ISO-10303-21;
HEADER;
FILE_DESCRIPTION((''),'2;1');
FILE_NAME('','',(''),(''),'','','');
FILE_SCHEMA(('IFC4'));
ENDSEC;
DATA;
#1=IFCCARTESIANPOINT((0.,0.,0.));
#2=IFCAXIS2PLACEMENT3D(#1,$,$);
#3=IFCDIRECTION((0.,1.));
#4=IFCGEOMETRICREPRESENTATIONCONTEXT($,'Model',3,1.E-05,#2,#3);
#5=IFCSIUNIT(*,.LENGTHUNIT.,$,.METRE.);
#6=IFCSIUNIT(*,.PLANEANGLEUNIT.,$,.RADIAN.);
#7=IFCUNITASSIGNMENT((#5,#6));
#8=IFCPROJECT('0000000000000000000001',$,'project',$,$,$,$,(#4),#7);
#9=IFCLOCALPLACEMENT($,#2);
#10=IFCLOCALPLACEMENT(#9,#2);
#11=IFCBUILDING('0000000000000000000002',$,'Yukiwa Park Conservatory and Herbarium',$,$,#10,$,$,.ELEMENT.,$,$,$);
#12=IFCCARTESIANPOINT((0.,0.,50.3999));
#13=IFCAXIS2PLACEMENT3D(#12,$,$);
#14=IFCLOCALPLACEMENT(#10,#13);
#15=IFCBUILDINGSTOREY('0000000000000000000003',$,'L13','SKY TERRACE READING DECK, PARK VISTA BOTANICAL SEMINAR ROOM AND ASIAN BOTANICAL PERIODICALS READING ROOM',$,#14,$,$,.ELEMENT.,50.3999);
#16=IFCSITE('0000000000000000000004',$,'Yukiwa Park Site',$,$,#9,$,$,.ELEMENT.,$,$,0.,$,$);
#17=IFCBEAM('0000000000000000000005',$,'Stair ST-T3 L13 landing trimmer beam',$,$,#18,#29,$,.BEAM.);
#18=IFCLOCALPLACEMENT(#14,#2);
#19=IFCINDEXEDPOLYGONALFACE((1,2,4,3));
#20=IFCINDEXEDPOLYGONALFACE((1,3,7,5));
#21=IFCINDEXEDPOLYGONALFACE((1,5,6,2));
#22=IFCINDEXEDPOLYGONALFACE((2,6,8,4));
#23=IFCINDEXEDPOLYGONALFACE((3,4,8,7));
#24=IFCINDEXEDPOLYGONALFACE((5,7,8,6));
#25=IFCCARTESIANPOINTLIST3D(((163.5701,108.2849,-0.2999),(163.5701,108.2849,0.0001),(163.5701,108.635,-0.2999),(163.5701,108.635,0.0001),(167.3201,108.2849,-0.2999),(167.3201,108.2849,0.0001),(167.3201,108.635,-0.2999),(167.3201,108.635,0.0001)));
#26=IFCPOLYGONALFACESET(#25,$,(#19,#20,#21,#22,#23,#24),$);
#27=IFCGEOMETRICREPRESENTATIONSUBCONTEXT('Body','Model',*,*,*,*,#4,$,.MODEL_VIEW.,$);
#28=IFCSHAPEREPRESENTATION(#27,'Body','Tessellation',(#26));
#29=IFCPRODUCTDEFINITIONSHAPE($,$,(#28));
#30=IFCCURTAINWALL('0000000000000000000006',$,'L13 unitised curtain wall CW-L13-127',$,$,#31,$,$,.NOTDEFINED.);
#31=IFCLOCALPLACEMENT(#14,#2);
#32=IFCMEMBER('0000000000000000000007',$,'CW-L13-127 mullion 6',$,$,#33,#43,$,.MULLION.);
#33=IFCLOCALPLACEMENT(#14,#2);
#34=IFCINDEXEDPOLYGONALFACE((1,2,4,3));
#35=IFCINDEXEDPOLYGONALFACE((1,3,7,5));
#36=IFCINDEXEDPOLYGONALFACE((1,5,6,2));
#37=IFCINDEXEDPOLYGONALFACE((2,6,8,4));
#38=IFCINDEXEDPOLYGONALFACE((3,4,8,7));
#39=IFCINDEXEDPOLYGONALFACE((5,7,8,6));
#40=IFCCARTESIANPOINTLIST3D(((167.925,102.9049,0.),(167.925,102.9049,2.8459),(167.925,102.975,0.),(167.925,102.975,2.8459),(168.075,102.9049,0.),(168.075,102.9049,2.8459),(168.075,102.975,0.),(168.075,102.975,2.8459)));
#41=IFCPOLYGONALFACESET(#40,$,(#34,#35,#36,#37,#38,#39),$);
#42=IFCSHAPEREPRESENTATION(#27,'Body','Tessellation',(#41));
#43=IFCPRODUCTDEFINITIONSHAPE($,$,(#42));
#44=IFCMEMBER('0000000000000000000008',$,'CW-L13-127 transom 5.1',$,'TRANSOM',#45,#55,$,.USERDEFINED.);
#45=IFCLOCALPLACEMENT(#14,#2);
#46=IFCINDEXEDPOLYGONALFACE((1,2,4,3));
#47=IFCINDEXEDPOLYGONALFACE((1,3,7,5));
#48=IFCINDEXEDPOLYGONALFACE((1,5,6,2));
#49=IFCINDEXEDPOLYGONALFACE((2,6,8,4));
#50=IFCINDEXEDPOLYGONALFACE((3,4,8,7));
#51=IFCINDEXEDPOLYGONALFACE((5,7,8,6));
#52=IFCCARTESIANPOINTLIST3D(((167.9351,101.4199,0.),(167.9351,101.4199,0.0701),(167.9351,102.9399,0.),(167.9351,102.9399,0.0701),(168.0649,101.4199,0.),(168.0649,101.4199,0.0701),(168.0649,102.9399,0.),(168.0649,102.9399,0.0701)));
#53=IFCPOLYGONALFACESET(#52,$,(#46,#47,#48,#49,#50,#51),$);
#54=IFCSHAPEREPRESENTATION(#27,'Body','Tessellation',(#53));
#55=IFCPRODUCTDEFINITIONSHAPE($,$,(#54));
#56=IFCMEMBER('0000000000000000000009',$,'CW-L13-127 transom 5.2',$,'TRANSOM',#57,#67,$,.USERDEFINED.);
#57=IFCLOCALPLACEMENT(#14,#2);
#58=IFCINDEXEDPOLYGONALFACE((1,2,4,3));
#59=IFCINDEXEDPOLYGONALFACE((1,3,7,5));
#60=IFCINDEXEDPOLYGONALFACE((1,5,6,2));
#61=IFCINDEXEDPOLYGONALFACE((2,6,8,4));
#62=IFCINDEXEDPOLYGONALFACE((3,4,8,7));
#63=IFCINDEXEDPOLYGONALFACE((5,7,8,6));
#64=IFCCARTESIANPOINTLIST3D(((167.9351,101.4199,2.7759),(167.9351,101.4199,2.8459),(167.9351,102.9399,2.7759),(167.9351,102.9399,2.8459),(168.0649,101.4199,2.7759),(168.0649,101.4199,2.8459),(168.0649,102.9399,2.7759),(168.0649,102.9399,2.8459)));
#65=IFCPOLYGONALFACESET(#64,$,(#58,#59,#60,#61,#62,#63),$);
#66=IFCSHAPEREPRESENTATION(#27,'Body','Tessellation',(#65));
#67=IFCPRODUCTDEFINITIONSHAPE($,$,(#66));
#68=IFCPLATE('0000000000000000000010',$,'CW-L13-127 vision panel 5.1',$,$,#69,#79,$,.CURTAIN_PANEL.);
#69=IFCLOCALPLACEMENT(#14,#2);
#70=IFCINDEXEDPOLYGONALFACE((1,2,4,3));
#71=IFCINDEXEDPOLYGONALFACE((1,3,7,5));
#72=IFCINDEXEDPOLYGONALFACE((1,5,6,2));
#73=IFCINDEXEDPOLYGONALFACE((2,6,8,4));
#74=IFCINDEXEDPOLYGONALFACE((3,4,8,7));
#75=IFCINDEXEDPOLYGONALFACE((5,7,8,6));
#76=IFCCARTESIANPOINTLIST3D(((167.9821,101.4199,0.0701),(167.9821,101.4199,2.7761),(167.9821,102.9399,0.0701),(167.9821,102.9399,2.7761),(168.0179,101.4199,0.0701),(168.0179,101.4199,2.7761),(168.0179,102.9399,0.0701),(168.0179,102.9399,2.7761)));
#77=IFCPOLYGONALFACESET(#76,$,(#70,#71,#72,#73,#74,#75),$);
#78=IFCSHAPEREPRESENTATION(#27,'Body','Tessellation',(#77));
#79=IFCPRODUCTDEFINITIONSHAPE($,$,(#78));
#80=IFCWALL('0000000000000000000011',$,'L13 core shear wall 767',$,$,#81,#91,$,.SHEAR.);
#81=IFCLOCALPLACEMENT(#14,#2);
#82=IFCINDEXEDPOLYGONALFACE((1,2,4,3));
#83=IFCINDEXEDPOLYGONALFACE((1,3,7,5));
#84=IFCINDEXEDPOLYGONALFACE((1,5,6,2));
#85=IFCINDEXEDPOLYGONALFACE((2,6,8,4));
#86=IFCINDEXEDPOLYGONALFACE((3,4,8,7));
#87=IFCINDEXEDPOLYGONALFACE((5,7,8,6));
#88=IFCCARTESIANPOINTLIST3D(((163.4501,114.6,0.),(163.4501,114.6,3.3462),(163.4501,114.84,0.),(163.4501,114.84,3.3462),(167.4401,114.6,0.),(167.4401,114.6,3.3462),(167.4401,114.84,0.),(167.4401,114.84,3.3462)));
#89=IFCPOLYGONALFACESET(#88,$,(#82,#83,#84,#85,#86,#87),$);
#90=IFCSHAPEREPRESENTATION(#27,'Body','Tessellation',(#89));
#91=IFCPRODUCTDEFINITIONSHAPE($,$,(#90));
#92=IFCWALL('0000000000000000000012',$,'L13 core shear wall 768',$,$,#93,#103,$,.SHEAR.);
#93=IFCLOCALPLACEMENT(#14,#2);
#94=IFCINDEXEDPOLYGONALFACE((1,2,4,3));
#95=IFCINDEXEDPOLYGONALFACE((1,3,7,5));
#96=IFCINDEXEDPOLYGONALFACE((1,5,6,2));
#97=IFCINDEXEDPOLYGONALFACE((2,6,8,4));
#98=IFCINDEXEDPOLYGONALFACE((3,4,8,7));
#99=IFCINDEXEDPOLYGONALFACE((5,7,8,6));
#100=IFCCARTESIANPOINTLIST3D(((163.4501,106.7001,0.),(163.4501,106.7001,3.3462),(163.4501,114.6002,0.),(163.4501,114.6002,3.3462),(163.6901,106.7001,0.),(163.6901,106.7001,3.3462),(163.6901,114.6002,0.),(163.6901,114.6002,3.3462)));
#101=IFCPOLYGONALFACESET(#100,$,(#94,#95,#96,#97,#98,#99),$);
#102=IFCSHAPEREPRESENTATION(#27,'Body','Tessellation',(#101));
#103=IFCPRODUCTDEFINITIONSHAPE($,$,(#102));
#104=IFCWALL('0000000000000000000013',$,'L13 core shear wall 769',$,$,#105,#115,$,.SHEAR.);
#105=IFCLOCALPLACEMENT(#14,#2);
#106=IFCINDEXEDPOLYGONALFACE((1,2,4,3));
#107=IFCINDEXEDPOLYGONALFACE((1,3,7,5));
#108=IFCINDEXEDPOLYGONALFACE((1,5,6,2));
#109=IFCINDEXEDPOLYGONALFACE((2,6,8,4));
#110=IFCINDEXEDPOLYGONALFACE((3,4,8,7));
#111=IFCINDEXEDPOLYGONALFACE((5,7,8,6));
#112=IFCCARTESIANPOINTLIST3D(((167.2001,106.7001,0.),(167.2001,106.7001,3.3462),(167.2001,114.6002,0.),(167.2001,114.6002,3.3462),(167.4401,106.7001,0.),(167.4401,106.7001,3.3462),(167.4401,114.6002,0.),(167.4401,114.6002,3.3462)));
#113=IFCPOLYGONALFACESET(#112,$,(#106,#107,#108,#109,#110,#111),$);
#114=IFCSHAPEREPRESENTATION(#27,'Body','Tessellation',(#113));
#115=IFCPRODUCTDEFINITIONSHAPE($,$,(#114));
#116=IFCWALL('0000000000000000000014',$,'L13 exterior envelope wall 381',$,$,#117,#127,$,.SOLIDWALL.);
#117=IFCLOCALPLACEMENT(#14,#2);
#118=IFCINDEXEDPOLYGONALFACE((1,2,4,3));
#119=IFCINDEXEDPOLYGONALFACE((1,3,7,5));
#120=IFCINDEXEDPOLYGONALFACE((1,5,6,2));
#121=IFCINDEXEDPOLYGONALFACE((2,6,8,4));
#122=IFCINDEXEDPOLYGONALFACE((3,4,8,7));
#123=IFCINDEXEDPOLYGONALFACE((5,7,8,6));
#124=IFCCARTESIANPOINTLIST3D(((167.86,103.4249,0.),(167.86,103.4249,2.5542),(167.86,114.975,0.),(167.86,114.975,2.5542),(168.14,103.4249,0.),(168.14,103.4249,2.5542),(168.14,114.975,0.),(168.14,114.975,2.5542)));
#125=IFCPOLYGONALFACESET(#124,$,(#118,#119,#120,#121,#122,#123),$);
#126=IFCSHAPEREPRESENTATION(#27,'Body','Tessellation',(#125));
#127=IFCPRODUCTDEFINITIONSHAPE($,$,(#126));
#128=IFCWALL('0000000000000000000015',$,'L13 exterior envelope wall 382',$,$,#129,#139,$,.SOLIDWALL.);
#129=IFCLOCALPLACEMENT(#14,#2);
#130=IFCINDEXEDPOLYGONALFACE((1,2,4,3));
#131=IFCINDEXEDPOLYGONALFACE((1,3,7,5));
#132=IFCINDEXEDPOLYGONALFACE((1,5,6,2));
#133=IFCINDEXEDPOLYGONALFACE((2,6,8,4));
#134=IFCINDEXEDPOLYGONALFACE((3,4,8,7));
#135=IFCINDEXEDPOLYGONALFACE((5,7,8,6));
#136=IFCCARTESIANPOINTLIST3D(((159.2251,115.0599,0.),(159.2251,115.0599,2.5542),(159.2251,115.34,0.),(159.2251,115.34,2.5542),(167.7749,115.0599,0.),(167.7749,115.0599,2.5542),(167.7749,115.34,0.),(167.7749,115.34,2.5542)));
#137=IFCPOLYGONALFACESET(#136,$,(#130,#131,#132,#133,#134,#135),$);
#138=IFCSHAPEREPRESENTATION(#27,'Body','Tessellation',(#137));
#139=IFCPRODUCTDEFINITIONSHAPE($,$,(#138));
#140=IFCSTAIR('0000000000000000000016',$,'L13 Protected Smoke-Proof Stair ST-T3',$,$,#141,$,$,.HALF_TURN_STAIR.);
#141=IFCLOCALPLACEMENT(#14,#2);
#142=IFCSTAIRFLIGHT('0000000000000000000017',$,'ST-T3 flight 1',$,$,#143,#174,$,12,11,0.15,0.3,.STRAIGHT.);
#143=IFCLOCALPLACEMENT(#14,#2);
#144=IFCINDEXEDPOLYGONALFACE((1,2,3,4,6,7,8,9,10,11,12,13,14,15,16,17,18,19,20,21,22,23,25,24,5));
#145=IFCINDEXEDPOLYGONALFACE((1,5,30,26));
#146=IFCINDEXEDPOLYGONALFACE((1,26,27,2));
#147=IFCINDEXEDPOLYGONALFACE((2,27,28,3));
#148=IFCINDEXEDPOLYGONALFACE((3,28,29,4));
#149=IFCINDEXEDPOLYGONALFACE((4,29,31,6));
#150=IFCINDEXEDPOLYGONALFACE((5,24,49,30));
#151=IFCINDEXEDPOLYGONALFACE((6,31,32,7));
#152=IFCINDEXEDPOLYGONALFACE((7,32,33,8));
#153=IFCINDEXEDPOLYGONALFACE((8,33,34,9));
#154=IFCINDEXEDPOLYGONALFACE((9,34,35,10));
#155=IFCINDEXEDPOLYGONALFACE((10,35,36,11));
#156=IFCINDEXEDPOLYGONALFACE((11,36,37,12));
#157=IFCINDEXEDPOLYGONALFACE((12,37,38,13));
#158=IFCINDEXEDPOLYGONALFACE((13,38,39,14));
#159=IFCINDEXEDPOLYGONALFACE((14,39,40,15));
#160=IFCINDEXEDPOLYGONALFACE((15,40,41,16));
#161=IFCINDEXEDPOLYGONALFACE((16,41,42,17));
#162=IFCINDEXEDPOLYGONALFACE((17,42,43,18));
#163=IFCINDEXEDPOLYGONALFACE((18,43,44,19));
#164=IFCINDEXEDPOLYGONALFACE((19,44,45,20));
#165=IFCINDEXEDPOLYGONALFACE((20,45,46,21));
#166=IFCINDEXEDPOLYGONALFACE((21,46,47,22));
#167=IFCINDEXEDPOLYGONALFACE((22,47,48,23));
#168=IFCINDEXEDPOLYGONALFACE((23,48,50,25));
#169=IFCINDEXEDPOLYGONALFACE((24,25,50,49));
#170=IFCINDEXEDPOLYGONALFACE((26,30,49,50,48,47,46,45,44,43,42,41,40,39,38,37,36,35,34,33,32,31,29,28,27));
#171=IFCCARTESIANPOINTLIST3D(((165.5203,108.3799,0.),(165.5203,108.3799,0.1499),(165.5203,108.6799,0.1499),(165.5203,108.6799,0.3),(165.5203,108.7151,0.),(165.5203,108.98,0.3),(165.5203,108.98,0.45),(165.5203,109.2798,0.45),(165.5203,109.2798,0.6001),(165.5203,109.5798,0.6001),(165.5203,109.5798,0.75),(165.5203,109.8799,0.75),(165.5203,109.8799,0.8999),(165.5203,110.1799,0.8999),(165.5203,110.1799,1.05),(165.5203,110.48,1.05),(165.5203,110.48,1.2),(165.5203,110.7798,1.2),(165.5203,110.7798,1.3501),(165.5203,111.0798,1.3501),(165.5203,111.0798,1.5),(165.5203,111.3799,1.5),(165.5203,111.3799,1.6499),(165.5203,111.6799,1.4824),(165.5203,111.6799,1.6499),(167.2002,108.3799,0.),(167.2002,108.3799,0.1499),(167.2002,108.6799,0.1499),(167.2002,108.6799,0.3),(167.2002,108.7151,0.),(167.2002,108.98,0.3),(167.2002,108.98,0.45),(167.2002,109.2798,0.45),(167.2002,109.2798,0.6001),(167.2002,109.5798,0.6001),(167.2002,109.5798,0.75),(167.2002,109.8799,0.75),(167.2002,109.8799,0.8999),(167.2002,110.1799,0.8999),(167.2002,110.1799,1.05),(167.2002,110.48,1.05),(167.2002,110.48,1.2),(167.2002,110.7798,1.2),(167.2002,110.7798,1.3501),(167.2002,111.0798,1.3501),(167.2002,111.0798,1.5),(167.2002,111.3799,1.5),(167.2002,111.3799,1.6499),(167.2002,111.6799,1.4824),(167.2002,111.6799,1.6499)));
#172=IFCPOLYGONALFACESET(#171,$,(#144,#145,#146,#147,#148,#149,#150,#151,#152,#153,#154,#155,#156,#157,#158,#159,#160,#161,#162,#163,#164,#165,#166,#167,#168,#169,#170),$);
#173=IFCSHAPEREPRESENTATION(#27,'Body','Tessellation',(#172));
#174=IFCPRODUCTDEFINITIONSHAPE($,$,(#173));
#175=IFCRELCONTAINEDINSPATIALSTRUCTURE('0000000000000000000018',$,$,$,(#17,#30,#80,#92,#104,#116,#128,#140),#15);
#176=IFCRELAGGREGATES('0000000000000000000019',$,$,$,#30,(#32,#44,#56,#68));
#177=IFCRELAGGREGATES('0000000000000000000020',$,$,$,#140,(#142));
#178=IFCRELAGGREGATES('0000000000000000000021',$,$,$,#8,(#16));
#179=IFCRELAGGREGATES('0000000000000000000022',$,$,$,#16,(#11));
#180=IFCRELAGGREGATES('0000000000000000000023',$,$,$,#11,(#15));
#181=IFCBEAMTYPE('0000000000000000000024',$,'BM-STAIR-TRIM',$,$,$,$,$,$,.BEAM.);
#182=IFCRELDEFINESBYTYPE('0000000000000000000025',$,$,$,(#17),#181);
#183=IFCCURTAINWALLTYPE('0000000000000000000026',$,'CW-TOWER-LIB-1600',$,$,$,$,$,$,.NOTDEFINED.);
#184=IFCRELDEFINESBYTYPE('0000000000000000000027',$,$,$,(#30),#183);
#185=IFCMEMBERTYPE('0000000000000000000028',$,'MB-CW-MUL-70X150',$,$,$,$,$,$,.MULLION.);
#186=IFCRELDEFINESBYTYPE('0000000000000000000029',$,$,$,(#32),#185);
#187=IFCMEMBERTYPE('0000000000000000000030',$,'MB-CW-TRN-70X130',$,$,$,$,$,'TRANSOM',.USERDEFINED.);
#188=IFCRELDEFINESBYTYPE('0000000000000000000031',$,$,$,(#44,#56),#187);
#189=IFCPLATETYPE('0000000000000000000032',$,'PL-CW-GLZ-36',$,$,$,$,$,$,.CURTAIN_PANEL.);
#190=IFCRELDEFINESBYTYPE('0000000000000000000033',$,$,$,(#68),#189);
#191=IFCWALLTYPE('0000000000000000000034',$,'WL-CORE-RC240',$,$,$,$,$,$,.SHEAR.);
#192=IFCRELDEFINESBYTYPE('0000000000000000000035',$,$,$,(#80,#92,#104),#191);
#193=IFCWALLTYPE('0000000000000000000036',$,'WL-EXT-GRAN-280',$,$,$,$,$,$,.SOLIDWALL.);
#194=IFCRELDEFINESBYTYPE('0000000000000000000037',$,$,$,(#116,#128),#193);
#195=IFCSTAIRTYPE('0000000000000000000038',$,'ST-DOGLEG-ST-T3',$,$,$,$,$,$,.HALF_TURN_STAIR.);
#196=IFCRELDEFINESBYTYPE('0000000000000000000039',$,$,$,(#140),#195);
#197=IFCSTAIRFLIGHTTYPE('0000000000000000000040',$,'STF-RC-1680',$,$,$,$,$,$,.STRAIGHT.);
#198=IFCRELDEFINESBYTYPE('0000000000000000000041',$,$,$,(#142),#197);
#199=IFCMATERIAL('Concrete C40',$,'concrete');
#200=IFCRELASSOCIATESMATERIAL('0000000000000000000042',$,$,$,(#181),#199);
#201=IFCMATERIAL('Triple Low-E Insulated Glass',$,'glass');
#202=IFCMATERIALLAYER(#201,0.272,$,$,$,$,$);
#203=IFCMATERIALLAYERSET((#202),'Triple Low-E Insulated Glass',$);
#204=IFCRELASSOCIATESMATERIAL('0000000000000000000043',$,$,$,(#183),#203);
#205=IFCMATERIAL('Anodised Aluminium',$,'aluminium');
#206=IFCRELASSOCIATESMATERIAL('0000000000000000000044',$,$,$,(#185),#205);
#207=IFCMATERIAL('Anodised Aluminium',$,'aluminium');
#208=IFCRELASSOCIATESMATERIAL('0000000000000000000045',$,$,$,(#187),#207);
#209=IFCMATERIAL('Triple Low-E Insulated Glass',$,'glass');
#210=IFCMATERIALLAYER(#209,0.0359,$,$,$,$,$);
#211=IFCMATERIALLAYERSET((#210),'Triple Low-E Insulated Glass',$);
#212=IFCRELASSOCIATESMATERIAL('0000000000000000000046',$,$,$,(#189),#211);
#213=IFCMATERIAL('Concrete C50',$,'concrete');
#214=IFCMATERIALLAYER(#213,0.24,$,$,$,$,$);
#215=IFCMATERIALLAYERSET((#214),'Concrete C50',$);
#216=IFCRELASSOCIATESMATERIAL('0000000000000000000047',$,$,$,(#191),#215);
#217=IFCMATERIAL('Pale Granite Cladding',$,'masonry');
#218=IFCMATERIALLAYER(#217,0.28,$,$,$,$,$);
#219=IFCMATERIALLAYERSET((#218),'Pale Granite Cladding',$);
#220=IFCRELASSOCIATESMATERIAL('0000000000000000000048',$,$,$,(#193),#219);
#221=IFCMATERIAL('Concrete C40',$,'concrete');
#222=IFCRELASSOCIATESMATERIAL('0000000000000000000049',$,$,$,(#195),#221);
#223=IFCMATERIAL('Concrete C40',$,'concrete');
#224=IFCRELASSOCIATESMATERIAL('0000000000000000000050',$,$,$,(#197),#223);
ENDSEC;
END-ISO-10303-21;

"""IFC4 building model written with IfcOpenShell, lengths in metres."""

from ifc_helpers import new_model, si_unit, direction, frame, frame_2d, origin, origin_2d, place, context, subcontext, project, spatial, polyline, rectangle, outline, extrude, material, layer, layer_set, material_profile, profile_set, type_object, element, aggregate, save


model = new_model("IFC4")

# Units and contexts
model_context = context("Model", 3, precision=1e-05, world=origin(), true_north=direction((0.0, 1.0)))
body_context = subcontext(model_context, "Body", "Model", "MODEL_VIEW")
ifc_project = project(units=[si_unit("LENGTHUNIT", "METRE"), si_unit("PLANEANGLEUNIT", "RADIAN")], contexts=[model_context])

# Site, building, storey
site_placement = place(None, origin())
site = spatial("IfcSite", under=ifc_project, at=site_placement, Name="Yukiwa Park Site", CompositionType="ELEMENT", RefElevation=0.0)
building_placement = place(site_placement, origin())
building = spatial("IfcBuilding", under=site, at=building_placement, Name="Yukiwa Park Conservatory and Herbarium", CompositionType="ELEMENT")
storey_placement = place(building_placement, frame((0.0, 0.0, 50.3999)))
storey = spatial("IfcBuildingStorey", under=building, at=storey_placement, Name="L13", Description="SKY TERRACE READING DECK, PARK VISTA BOTANICAL SEMINAR ROOM AND ASIAN BOTANICAL PERIODICALS READING ROOM", CompositionType="ELEMENT", Elevation=50.3999)

# Beam
ifc_material_1 = material(Name="Concrete C40", Category="concrete")
ifc_material_profile_1 = material_profile(ifc_material_1, rectangle(XDim=0.3501, YDim=0.3, at=origin_2d()), Name="RC 350x300")
ifc_profile_set_1 = profile_set([ifc_material_profile_1], Name="Concrete C40")
beam_type_1 = type_object("IfcBeamType", Name="BM-STAIR-TRIM", PredefinedType="BEAM", material=ifc_profile_set_1)
beam_1_placement = place(storey_placement, frame((163.5701, 108.46, -0.1499), z_axis=(1.0, 0.0, 0.0), x_axis=(0.0, 1.0, 0.0)))
element("IfcBeam", 1, at=beam_1_placement, inside=storey, type_object=beam_type_1, Name="Stair ST-T3 L13 landing trimmer beam", PredefinedType="BEAM", context=body_context, shape_type="SweptSolid", body=[
    extrude(rectangle(XDim=0.3501, YDim=0.3, at=origin_2d()), origin(), (0.0, 0.0, 1.0), 3.75),
])

# Curtain wall, members, plate
ifc_material_2 = material(Name="Triple Low-E Insulated Glass", Category="glass")
ifc_layer_1 = layer(ifc_material_2, 0.272)
ifc_layer_set_1 = layer_set([ifc_layer_1], Name="Triple Low-E Insulated Glass")
curtain_wall_type = type_object("IfcCurtainWallType", Name="CW-TOWER-LIB-1600", PredefinedType="NOTDEFINED", material=ifc_layer_set_1)
curtain_wall_placement = place(storey_placement, origin())
curtain_wall = element("IfcCurtainWall", 2, at=curtain_wall_placement, inside=storey, type_object=curtain_wall_type, Name="L13 unitised curtain wall CW-L13-127", PredefinedType="NOTDEFINED")
ifc_material_3 = material(Name="Anodised Aluminium", Category="aluminium")
member_type_1 = type_object("IfcMemberType", Name="MB-CW-MUL-70X150", PredefinedType="MULLION", material=ifc_material_3)
member_1_placement = place(storey_placement, frame((168.0, 102.9399, 0.0), z_axis=(0.0, 0.0, 1.0), x_axis=(0.0, 1.0, 0.0)))
member_1 = element("IfcMember", 3, at=member_1_placement, type_object=member_type_1, Name="CW-L13-127 mullion 6", PredefinedType="MULLION", context=body_context, shape_type="SweptSolid", body=[
    extrude(rectangle(XDim=0.0701, YDim=0.1499, at=origin_2d()), origin(), (0.0, 0.0, 1.0), 2.8459),
])
ifc_material_4 = material(Name="Anodised Aluminium", Category="aluminium")
member_type_2 = type_object("IfcMemberType", Name="MB-CW-TRN-70X130", ElementType="TRANSOM", PredefinedType="USERDEFINED", material=ifc_material_4)
member_2_placement = place(storey_placement, frame((168.0, 102.1799, 0.0), z_axis=(0.0, 0.0, 1.0), x_axis=(0.0, 1.0, 0.0)))
member_2 = element("IfcMember", 4, at=member_2_placement, type_object=member_type_2, Name="CW-L13-127 transom 5.1", ObjectType="TRANSOM", PredefinedType="USERDEFINED", context=body_context, shape_type="SweptSolid", body=[
    extrude(rectangle(XDim=1.52, YDim=0.1299, at=origin_2d()), origin(), (0.0, 0.0, 1.0), 0.0701),
])
member_3_placement = place(storey_placement, frame((168.0, 102.1799, 2.7759), z_axis=(0.0, 0.0, 1.0), x_axis=(0.0, 1.0, 0.0)))
member_3 = element("IfcMember", 5, at=member_3_placement, type_object=member_type_2, Name="CW-L13-127 transom 5.2", ObjectType="TRANSOM", PredefinedType="USERDEFINED", context=body_context, shape_type="SweptSolid", body=[
    extrude(rectangle(XDim=1.52, YDim=0.1299, at=origin_2d()), origin(), (0.0, 0.0, 1.0), 0.0701),
])
ifc_material_5 = material(Name="Triple Low-E Insulated Glass", Category="glass")
ifc_layer_2 = layer(ifc_material_5, 0.0359)
ifc_layer_set_2 = layer_set([ifc_layer_2], Name="Triple Low-E Insulated Glass")
plate_type = type_object("IfcPlateType", Name="PL-CW-GLZ-36", PredefinedType="CURTAIN_PANEL", material=ifc_layer_set_2)
plate_placement = place(storey_placement, frame((168.0, 102.1799, 0.0701), z_axis=(0.0, 0.0, 1.0), x_axis=(0.0, 1.0, 0.0)))
plate = element("IfcPlate", 6, at=plate_placement, type_object=plate_type, Name="CW-L13-127 vision panel 5.1", PredefinedType="CURTAIN_PANEL", context=body_context, shape_type="SweptSolid", body=[
    extrude(rectangle(XDim=1.52, YDim=0.0359, at=origin_2d()), origin(), (0.0, 0.0, 1.0), 2.7061),
])
aggregate(curtain_wall, [member_1, member_2, member_3, plate])

# Walls
ifc_material_6 = material(Name="Concrete C50", Category="concrete")
ifc_layer_3 = layer(ifc_material_6, 0.24)
ifc_layer_set_3 = layer_set([ifc_layer_3], Name="Concrete C50")
wall_type_1 = type_object("IfcWallType", Name="WL-CORE-RC240", PredefinedType="SHEAR", material=ifc_layer_set_3)
wall_1_placement = place(storey_placement, frame((163.45, 114.72, 0.0), z_axis=(0.0, 0.0, 1.0), x_axis=(1.0, 0.0, 0.0)))
element("IfcWall", 7, at=wall_1_placement, inside=storey, type_object=wall_type_1, Name="L13 core shear wall 767", PredefinedType="SHEAR", context=body_context, shape_type="SweptSolid", body=[
    extrude(rectangle(XDim=3.99, YDim=0.24, at=frame_2d((1.9951, 0.0))), origin(), (0.0, 0.0, 1.0), 3.3462),
])
for number, where, z_axis, x_axis, name in (
    (8, (163.5701, 106.7, 0.0), (0.0, 0.0, 1.0), (0.0, 1.0, 0.0), "L13 core shear wall 768"),
    (9, (167.3201, 106.7, 0.0), (0.0, 0.0, 1.0), (0.0, 1.0, 0.0), "L13 core shear wall 769"),
):
    element("IfcWall", number, at=place(storey_placement, frame(where, z_axis=z_axis, x_axis=x_axis)), inside=storey, type_object=wall_type_1, Name=name, PredefinedType="SHEAR", context=body_context, shape_type="SweptSolid", body=[
        extrude(rectangle(XDim=7.9001, YDim=0.24, at=frame_2d((3.9502, 0.0))), origin(), (0.0, 0.0, 1.0), 3.3462),
    ])
ifc_material_7 = material(Name="Pale Granite Cladding", Category="masonry")
ifc_layer_4 = layer(ifc_material_7, 0.28)
ifc_layer_set_4 = layer_set([ifc_layer_4], Name="Pale Granite Cladding")
wall_type_2 = type_object("IfcWallType", Name="WL-EXT-GRAN-280", PredefinedType="SOLIDWALL", material=ifc_layer_set_4)
wall_2_placement = place(storey_placement, frame((168.0, 103.425, 0.0), z_axis=(0.0, 0.0, 1.0), x_axis=(0.0, 1.0, 0.0)))
element("IfcWall", 10, at=wall_2_placement, inside=storey, type_object=wall_type_2, Name="L13 exterior envelope wall 381", PredefinedType="SOLIDWALL", context=body_context, shape_type="SweptSolid", body=[
    extrude(rectangle(XDim=11.55, YDim=0.28, at=frame_2d((5.7749, 0.0))), origin(), (0.0, 0.0, 1.0), 2.5542),
])
wall_3_placement = place(storey_placement, frame((167.7749, 115.2, 0.0), z_axis=(0.0, 0.0, 1.0), x_axis=(-1.0, 0.0, 0.0)))
element("IfcWall", 11, at=wall_3_placement, inside=storey, type_object=wall_type_2, Name="L13 exterior envelope wall 382", PredefinedType="SOLIDWALL", context=body_context, shape_type="SweptSolid", body=[
    extrude(rectangle(XDim=8.5498, YDim=0.28, at=frame_2d((4.2749, 0.0))), origin(), (0.0, 0.0, 1.0), 2.5542),
])

# Stair, stair flight
ifc_material_8 = material(Name="Concrete C40", Category="concrete")
stair_type = type_object("IfcStairType", Name="ST-DOGLEG-ST-T3", PredefinedType="HALF_TURN_STAIR", material=ifc_material_8)
stair_placement = place(storey_placement, origin())
stair = element("IfcStair", 12, at=stair_placement, inside=storey, type_object=stair_type, Name="L13 Protected Smoke-Proof Stair ST-T3", PredefinedType="HALF_TURN_STAIR")
ifc_material_9 = material(Name="Concrete C40", Category="concrete")
stair_flight_type = type_object("IfcStairFlightType", Name="STF-RC-1680", PredefinedType="STRAIGHT", material=ifc_material_9)
stair_flight_1_placement = place(storey_placement, frame((166.3601, 108.3799, 0.0), z_axis=(0.0, 0.0, 1.0), x_axis=(0.0, 1.0, 0.0)))
stair_flight_1 = element("IfcStairFlight", 13, at=stair_flight_1_placement, type_object=stair_flight_type, Name="ST-T3 flight 1", NumberOfRisers=12, NumberOfTreads=11, PredefinedType="STRAIGHT", RiserHeight=0.15, TreadLength=0.3, context=body_context, shape_type="SweptSolid", body=[
    extrude(outline(polyline([(0.0, 0.0), (0.0, 0.1499), (0.3, 0.1499), (0.3, 0.3), (0.6001, 0.3), (0.6001, 0.45), (0.8999, 0.45), (0.8999, 0.6001), (1.2, 0.6001), (1.2, 0.75), (1.5, 0.75), (1.5, 0.8999), (1.8, 0.8999), (1.8, 1.05), (2.1001, 1.05), (2.1001, 1.2), (2.3999, 1.2), (2.3999, 1.3501), (2.7, 1.3501), (2.7, 1.5), (3.0, 1.5), (3.0, 1.6499), (3.3, 1.6499), (3.3, 1.8), (3.3, 1.4824), (0.3352, 0.0), (0.0, 0.0)])), frame((0.0, 0.8398, 0.0), z_axis=(0.0, -1.0, 0.0), x_axis=(1.0, 0.0, 0.0)), (0.0, 0.0, 1.0), 1.6799),
])
aggregate(stair, [stair_flight_1])

save(model, "model.ifc")
